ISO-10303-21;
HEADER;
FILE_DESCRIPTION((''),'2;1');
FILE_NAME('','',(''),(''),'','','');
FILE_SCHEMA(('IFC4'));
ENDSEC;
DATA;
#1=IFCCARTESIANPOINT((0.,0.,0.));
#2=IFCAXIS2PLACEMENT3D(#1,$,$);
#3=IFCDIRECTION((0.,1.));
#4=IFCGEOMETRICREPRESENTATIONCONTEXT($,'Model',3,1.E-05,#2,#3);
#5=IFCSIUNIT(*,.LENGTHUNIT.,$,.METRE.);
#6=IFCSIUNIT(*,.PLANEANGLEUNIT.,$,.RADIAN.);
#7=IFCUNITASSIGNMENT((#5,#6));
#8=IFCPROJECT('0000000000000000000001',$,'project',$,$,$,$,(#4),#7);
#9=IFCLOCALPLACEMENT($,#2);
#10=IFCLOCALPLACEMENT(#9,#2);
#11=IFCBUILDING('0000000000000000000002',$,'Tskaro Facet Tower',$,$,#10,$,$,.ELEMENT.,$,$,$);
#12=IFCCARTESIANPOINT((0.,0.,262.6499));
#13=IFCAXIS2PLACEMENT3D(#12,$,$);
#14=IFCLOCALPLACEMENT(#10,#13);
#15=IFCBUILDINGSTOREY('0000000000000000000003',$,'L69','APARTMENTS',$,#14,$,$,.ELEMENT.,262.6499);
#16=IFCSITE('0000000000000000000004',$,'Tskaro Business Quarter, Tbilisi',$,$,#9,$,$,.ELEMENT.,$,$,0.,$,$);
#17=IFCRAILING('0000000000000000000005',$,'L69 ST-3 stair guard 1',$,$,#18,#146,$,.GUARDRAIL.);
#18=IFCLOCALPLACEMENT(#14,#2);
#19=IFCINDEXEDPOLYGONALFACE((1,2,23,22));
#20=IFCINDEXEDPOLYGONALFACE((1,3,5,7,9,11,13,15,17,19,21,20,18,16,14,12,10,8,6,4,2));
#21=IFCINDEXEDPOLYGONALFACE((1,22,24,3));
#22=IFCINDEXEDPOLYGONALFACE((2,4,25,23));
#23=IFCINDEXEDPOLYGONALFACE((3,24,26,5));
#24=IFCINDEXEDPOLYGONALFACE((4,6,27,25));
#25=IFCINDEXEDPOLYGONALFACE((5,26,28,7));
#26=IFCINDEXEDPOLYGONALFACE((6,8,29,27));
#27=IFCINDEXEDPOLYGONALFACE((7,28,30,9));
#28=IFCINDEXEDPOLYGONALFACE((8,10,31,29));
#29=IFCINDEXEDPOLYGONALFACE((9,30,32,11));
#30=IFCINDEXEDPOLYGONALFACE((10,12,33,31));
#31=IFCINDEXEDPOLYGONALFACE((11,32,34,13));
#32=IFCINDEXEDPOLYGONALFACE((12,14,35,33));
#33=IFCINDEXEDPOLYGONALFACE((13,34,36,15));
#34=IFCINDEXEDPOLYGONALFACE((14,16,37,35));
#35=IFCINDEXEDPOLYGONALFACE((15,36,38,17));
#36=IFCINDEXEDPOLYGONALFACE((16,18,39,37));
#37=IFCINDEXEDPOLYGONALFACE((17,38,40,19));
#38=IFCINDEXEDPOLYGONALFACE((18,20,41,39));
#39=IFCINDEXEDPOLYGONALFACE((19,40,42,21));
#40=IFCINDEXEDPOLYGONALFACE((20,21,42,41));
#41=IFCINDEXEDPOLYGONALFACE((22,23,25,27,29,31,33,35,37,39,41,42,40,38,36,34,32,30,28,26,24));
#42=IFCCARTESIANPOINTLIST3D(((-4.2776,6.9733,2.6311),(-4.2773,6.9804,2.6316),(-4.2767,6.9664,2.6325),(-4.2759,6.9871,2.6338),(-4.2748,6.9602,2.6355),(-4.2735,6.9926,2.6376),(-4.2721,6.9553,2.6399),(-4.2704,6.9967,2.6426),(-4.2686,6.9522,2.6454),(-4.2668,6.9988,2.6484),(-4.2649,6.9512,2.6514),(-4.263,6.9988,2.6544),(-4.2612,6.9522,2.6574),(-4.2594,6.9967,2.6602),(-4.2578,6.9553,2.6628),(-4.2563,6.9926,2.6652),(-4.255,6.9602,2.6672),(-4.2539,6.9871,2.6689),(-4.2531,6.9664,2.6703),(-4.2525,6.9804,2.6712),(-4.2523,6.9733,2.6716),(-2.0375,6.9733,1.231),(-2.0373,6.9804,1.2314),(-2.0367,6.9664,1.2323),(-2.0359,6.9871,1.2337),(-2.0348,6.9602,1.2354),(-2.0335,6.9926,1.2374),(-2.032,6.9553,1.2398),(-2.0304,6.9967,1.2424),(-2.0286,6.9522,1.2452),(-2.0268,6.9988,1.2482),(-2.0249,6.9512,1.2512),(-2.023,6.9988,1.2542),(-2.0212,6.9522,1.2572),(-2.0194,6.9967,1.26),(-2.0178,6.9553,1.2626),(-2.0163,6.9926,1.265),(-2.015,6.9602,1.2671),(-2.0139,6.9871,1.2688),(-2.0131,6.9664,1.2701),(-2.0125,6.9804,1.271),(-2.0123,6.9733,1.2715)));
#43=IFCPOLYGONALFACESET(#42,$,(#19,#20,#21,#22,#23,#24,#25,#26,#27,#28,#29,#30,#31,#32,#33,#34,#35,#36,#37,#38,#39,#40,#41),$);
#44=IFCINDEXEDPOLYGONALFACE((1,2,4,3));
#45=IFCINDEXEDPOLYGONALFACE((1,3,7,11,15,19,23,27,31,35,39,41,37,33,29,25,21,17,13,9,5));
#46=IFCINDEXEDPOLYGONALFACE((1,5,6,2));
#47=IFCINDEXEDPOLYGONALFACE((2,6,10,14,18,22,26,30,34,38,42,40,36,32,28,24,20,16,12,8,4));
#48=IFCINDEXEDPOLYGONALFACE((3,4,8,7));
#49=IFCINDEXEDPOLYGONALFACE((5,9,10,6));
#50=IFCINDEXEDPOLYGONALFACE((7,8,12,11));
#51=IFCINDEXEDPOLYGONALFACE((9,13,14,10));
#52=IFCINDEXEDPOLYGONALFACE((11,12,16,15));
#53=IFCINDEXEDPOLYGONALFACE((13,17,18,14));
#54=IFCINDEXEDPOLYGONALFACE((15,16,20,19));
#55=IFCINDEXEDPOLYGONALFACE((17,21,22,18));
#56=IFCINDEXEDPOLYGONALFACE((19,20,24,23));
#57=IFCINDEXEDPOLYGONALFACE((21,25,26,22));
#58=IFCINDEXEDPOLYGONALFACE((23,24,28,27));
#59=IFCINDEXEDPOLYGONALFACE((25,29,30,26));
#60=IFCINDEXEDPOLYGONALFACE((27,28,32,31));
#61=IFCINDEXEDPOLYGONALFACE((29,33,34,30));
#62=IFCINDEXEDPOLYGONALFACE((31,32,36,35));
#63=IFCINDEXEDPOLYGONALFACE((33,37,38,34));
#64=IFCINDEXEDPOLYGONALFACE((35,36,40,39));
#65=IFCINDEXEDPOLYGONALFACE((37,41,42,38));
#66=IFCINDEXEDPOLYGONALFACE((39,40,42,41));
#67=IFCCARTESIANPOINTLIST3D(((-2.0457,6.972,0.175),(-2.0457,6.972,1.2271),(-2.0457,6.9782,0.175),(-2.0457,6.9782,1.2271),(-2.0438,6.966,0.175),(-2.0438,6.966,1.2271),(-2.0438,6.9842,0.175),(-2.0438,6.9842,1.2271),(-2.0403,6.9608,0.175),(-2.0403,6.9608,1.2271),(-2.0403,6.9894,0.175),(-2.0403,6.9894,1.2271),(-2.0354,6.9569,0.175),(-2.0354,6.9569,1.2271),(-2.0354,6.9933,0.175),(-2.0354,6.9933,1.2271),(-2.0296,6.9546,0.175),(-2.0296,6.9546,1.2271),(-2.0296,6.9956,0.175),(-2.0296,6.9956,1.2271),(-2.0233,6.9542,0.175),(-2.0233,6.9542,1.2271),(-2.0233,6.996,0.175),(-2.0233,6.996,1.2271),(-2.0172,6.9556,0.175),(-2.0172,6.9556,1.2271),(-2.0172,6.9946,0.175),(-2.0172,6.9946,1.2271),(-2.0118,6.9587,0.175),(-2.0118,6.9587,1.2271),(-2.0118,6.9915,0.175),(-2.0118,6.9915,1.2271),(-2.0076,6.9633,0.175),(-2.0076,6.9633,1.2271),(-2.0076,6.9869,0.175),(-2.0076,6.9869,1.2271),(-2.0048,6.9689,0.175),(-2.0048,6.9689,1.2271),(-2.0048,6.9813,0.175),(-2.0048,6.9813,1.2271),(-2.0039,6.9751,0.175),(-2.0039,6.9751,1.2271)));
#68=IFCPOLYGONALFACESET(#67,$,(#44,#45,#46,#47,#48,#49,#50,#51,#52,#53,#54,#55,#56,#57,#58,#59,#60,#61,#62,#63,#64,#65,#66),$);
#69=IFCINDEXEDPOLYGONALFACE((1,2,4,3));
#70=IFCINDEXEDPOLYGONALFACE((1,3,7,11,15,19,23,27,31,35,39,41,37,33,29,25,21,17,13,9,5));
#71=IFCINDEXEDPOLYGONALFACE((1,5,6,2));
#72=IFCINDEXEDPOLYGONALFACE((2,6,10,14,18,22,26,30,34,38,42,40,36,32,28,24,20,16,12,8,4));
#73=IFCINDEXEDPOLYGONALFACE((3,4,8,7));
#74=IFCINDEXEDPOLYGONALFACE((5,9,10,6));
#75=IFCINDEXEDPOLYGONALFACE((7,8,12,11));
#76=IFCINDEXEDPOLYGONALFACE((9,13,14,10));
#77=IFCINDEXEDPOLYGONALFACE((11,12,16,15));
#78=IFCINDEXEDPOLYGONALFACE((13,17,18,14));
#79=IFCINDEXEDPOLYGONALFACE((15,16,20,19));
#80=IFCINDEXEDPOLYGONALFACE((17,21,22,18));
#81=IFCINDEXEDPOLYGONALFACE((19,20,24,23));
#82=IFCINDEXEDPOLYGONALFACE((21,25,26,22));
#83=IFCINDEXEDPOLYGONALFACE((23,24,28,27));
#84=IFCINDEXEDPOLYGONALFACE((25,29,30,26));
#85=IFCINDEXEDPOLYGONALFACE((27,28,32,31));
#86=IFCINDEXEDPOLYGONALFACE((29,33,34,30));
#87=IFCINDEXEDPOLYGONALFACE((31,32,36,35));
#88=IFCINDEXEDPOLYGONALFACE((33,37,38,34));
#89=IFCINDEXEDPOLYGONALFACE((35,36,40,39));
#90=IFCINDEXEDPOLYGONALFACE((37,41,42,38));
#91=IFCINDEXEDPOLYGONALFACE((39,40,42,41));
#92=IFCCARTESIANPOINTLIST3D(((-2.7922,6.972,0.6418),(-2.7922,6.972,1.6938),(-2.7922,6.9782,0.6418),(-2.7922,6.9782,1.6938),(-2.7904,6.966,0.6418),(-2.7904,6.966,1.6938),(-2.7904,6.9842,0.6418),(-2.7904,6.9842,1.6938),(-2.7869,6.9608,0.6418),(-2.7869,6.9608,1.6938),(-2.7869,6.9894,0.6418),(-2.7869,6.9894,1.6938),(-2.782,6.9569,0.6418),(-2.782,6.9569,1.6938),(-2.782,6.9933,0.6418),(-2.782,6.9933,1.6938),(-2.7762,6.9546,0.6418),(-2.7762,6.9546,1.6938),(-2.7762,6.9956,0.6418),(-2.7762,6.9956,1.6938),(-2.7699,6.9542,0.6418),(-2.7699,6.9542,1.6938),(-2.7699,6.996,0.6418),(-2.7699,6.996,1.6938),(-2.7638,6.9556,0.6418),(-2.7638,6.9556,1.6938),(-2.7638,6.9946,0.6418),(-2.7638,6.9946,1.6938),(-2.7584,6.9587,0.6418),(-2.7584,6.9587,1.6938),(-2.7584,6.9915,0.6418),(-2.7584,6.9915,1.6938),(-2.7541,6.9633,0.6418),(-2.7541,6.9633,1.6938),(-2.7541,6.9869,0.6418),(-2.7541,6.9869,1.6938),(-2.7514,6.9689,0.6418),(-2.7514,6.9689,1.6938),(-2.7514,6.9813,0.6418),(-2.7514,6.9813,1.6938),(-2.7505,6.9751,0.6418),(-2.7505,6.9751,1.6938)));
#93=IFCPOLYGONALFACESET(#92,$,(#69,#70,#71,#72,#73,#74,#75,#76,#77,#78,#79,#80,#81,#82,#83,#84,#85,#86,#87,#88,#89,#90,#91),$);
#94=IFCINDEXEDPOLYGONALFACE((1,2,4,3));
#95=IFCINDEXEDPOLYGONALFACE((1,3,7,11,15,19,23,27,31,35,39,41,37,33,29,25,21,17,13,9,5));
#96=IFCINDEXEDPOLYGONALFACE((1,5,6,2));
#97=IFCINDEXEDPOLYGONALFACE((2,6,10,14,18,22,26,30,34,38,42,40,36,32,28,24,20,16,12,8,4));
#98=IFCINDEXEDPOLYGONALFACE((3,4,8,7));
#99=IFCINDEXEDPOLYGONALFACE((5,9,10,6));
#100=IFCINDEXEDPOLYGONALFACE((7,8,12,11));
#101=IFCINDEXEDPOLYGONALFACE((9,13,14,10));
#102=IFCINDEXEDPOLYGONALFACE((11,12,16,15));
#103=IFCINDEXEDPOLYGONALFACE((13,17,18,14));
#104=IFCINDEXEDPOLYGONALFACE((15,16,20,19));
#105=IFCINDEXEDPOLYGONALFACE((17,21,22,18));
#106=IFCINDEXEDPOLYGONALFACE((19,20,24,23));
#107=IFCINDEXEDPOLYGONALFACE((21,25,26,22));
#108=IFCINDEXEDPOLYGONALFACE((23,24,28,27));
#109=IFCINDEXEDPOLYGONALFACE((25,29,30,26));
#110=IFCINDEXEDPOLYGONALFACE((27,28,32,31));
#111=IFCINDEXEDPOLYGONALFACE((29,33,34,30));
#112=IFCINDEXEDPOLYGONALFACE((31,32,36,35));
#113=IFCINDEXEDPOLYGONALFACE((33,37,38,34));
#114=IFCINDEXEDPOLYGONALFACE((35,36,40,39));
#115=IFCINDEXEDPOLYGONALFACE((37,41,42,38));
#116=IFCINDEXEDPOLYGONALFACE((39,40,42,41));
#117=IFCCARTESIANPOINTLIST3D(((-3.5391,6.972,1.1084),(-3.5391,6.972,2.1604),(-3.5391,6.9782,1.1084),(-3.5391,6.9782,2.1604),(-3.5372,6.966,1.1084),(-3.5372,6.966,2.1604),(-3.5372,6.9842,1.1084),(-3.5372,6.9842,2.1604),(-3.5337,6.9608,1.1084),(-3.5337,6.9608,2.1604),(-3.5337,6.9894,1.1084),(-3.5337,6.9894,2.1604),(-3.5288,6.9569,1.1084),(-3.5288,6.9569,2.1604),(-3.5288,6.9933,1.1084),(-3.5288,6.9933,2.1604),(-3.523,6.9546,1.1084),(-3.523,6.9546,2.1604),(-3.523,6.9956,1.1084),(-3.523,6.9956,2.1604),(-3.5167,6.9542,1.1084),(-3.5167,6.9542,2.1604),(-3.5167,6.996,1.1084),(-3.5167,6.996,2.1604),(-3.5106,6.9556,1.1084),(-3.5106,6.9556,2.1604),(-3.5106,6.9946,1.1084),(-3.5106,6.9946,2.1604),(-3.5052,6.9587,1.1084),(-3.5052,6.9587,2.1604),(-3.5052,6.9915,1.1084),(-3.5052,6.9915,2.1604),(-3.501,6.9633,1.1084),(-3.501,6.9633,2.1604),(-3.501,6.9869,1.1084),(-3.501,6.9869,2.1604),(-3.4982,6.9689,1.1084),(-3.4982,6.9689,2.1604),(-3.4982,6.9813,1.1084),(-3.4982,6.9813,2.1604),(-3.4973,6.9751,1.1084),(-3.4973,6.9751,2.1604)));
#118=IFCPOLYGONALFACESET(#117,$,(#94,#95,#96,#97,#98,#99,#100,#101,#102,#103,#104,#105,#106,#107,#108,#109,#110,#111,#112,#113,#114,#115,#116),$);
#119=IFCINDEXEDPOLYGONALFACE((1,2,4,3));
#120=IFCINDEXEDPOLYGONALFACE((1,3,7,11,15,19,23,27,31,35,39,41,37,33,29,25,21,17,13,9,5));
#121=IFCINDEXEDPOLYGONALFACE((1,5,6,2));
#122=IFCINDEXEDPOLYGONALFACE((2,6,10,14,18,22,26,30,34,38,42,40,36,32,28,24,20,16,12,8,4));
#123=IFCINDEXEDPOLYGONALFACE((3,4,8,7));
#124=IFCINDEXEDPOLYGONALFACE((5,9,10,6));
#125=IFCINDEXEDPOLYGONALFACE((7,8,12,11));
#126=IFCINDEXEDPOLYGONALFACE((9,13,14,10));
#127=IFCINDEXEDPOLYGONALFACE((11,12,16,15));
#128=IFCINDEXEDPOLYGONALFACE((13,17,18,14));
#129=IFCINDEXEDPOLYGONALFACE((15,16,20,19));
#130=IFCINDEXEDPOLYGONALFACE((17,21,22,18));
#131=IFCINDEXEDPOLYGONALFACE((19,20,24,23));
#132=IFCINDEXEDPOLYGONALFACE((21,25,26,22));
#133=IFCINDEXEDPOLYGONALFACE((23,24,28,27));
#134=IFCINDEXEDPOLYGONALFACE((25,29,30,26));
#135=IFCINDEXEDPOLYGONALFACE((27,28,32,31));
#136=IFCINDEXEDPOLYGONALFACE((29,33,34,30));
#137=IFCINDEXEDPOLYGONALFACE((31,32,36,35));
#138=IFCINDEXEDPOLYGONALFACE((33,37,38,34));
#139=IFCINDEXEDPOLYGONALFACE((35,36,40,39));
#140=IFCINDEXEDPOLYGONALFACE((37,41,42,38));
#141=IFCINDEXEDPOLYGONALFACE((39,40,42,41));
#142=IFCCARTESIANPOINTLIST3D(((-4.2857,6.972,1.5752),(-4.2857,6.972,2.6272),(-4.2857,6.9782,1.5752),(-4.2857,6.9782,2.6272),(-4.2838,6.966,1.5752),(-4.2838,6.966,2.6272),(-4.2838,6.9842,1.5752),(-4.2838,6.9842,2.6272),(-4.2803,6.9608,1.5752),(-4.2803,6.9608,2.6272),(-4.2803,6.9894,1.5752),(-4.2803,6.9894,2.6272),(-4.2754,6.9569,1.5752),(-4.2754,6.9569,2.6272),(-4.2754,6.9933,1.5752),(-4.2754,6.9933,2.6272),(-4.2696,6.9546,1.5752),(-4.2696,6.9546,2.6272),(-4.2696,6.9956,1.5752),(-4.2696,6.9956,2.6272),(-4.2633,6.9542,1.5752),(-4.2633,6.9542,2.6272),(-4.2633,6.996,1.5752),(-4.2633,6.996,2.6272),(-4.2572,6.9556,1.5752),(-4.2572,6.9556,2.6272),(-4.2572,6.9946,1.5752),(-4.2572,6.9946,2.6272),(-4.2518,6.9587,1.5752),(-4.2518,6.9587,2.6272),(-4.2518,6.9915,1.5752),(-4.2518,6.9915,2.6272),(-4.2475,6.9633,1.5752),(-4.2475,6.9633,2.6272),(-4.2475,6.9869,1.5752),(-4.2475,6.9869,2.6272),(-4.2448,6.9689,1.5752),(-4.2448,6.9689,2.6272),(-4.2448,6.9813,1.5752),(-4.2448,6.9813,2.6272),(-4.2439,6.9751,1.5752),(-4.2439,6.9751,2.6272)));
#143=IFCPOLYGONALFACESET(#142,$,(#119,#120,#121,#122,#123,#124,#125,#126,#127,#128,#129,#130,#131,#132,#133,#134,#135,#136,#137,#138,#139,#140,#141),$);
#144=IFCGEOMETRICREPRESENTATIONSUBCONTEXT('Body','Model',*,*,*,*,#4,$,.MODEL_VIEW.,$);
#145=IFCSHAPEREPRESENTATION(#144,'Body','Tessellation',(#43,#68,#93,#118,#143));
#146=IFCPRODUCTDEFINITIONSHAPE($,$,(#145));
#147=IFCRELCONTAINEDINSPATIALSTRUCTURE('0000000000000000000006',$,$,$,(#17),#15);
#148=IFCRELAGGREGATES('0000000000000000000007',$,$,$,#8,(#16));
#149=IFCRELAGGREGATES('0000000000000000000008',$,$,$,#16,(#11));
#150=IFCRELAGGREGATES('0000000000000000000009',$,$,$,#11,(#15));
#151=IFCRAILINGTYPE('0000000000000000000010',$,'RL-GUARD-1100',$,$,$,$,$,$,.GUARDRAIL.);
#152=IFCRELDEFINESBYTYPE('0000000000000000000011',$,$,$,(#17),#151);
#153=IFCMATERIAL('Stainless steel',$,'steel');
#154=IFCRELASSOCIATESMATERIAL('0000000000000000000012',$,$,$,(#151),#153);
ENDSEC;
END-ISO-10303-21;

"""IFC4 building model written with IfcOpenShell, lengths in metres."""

from ifc_helpers import new_model, si_unit, direction, frame, origin, origin_2d, place, context, subcontext, project, spatial, circle, extrude, material, type_object, element, save


model = new_model("IFC4")

# Units and contexts
model_context = context("Model", 3, precision=1e-05, world=origin(), true_north=direction((0.0, 1.0)))
body_context = subcontext(model_context, "Body", "Model", "MODEL_VIEW")
ifc_project = project(units=[si_unit("LENGTHUNIT", "METRE"), si_unit("PLANEANGLEUNIT", "RADIAN")], contexts=[model_context])

# Site, building, storey
site_placement = place(None, origin())
site = spatial("IfcSite", under=ifc_project, at=site_placement, Name="Tskaro Business Quarter, Tbilisi", CompositionType="ELEMENT", RefElevation=0.0)
building_placement = place(site_placement, origin())
building = spatial("IfcBuilding", under=site, at=building_placement, Name="Tskaro Facet Tower", CompositionType="ELEMENT")
storey_placement = place(building_placement, frame((0.0, 0.0, 262.6499)))
storey = spatial("IfcBuildingStorey", under=building, at=storey_placement, Name="L69", Description="APARTMENTS", CompositionType="ELEMENT", Elevation=262.6499)

# Railing
ifc_material_1 = material(Name="Stainless steel", Category="steel")
railing_type_1 = type_object("IfcRailingType", Name="RL-GUARD-1100", PredefinedType="GUARDRAIL", material=ifc_material_1)
railing_1_placement = place(storey_placement, frame((-2.0249, 6.9751, 0.175)))
element("IfcRailing", 1, at=railing_1_placement, inside=storey, type_object=railing_type_1, Name="L69 ST-3 stair guard 1", PredefinedType="GUARDRAIL", context=body_context, shape_type="SweptSolid", body=[
    extrude(circle(Radius=0.0239, at=origin_2d()), frame((0.0, 0.0, 1.0762), z_axis=(-0.847972, 0.0, 0.53004), x_axis=(0.0, -1.0, 0.0)), (0.0, 0.0, 1.0), 2.6416),
    extrude(circle(Radius=0.021, at=origin_2d()), origin(), (0.0, 0.0, 1.0), 1.052),
    extrude(circle(Radius=0.021, at=origin_2d()), frame((-0.7466, 0.0, 0.4668)), (0.0, 0.0, 1.0), 1.052),
    extrude(circle(Radius=0.021, at=origin_2d()), frame((-1.4934, 0.0, 0.9333)), (0.0, 0.0, 1.0), 1.052),
    extrude(circle(Radius=0.021, at=origin_2d()), frame((-2.24, 0.0, 1.4001)), (0.0, 0.0, 1.0), 1.052),
])

save(model, "model.ifc")
